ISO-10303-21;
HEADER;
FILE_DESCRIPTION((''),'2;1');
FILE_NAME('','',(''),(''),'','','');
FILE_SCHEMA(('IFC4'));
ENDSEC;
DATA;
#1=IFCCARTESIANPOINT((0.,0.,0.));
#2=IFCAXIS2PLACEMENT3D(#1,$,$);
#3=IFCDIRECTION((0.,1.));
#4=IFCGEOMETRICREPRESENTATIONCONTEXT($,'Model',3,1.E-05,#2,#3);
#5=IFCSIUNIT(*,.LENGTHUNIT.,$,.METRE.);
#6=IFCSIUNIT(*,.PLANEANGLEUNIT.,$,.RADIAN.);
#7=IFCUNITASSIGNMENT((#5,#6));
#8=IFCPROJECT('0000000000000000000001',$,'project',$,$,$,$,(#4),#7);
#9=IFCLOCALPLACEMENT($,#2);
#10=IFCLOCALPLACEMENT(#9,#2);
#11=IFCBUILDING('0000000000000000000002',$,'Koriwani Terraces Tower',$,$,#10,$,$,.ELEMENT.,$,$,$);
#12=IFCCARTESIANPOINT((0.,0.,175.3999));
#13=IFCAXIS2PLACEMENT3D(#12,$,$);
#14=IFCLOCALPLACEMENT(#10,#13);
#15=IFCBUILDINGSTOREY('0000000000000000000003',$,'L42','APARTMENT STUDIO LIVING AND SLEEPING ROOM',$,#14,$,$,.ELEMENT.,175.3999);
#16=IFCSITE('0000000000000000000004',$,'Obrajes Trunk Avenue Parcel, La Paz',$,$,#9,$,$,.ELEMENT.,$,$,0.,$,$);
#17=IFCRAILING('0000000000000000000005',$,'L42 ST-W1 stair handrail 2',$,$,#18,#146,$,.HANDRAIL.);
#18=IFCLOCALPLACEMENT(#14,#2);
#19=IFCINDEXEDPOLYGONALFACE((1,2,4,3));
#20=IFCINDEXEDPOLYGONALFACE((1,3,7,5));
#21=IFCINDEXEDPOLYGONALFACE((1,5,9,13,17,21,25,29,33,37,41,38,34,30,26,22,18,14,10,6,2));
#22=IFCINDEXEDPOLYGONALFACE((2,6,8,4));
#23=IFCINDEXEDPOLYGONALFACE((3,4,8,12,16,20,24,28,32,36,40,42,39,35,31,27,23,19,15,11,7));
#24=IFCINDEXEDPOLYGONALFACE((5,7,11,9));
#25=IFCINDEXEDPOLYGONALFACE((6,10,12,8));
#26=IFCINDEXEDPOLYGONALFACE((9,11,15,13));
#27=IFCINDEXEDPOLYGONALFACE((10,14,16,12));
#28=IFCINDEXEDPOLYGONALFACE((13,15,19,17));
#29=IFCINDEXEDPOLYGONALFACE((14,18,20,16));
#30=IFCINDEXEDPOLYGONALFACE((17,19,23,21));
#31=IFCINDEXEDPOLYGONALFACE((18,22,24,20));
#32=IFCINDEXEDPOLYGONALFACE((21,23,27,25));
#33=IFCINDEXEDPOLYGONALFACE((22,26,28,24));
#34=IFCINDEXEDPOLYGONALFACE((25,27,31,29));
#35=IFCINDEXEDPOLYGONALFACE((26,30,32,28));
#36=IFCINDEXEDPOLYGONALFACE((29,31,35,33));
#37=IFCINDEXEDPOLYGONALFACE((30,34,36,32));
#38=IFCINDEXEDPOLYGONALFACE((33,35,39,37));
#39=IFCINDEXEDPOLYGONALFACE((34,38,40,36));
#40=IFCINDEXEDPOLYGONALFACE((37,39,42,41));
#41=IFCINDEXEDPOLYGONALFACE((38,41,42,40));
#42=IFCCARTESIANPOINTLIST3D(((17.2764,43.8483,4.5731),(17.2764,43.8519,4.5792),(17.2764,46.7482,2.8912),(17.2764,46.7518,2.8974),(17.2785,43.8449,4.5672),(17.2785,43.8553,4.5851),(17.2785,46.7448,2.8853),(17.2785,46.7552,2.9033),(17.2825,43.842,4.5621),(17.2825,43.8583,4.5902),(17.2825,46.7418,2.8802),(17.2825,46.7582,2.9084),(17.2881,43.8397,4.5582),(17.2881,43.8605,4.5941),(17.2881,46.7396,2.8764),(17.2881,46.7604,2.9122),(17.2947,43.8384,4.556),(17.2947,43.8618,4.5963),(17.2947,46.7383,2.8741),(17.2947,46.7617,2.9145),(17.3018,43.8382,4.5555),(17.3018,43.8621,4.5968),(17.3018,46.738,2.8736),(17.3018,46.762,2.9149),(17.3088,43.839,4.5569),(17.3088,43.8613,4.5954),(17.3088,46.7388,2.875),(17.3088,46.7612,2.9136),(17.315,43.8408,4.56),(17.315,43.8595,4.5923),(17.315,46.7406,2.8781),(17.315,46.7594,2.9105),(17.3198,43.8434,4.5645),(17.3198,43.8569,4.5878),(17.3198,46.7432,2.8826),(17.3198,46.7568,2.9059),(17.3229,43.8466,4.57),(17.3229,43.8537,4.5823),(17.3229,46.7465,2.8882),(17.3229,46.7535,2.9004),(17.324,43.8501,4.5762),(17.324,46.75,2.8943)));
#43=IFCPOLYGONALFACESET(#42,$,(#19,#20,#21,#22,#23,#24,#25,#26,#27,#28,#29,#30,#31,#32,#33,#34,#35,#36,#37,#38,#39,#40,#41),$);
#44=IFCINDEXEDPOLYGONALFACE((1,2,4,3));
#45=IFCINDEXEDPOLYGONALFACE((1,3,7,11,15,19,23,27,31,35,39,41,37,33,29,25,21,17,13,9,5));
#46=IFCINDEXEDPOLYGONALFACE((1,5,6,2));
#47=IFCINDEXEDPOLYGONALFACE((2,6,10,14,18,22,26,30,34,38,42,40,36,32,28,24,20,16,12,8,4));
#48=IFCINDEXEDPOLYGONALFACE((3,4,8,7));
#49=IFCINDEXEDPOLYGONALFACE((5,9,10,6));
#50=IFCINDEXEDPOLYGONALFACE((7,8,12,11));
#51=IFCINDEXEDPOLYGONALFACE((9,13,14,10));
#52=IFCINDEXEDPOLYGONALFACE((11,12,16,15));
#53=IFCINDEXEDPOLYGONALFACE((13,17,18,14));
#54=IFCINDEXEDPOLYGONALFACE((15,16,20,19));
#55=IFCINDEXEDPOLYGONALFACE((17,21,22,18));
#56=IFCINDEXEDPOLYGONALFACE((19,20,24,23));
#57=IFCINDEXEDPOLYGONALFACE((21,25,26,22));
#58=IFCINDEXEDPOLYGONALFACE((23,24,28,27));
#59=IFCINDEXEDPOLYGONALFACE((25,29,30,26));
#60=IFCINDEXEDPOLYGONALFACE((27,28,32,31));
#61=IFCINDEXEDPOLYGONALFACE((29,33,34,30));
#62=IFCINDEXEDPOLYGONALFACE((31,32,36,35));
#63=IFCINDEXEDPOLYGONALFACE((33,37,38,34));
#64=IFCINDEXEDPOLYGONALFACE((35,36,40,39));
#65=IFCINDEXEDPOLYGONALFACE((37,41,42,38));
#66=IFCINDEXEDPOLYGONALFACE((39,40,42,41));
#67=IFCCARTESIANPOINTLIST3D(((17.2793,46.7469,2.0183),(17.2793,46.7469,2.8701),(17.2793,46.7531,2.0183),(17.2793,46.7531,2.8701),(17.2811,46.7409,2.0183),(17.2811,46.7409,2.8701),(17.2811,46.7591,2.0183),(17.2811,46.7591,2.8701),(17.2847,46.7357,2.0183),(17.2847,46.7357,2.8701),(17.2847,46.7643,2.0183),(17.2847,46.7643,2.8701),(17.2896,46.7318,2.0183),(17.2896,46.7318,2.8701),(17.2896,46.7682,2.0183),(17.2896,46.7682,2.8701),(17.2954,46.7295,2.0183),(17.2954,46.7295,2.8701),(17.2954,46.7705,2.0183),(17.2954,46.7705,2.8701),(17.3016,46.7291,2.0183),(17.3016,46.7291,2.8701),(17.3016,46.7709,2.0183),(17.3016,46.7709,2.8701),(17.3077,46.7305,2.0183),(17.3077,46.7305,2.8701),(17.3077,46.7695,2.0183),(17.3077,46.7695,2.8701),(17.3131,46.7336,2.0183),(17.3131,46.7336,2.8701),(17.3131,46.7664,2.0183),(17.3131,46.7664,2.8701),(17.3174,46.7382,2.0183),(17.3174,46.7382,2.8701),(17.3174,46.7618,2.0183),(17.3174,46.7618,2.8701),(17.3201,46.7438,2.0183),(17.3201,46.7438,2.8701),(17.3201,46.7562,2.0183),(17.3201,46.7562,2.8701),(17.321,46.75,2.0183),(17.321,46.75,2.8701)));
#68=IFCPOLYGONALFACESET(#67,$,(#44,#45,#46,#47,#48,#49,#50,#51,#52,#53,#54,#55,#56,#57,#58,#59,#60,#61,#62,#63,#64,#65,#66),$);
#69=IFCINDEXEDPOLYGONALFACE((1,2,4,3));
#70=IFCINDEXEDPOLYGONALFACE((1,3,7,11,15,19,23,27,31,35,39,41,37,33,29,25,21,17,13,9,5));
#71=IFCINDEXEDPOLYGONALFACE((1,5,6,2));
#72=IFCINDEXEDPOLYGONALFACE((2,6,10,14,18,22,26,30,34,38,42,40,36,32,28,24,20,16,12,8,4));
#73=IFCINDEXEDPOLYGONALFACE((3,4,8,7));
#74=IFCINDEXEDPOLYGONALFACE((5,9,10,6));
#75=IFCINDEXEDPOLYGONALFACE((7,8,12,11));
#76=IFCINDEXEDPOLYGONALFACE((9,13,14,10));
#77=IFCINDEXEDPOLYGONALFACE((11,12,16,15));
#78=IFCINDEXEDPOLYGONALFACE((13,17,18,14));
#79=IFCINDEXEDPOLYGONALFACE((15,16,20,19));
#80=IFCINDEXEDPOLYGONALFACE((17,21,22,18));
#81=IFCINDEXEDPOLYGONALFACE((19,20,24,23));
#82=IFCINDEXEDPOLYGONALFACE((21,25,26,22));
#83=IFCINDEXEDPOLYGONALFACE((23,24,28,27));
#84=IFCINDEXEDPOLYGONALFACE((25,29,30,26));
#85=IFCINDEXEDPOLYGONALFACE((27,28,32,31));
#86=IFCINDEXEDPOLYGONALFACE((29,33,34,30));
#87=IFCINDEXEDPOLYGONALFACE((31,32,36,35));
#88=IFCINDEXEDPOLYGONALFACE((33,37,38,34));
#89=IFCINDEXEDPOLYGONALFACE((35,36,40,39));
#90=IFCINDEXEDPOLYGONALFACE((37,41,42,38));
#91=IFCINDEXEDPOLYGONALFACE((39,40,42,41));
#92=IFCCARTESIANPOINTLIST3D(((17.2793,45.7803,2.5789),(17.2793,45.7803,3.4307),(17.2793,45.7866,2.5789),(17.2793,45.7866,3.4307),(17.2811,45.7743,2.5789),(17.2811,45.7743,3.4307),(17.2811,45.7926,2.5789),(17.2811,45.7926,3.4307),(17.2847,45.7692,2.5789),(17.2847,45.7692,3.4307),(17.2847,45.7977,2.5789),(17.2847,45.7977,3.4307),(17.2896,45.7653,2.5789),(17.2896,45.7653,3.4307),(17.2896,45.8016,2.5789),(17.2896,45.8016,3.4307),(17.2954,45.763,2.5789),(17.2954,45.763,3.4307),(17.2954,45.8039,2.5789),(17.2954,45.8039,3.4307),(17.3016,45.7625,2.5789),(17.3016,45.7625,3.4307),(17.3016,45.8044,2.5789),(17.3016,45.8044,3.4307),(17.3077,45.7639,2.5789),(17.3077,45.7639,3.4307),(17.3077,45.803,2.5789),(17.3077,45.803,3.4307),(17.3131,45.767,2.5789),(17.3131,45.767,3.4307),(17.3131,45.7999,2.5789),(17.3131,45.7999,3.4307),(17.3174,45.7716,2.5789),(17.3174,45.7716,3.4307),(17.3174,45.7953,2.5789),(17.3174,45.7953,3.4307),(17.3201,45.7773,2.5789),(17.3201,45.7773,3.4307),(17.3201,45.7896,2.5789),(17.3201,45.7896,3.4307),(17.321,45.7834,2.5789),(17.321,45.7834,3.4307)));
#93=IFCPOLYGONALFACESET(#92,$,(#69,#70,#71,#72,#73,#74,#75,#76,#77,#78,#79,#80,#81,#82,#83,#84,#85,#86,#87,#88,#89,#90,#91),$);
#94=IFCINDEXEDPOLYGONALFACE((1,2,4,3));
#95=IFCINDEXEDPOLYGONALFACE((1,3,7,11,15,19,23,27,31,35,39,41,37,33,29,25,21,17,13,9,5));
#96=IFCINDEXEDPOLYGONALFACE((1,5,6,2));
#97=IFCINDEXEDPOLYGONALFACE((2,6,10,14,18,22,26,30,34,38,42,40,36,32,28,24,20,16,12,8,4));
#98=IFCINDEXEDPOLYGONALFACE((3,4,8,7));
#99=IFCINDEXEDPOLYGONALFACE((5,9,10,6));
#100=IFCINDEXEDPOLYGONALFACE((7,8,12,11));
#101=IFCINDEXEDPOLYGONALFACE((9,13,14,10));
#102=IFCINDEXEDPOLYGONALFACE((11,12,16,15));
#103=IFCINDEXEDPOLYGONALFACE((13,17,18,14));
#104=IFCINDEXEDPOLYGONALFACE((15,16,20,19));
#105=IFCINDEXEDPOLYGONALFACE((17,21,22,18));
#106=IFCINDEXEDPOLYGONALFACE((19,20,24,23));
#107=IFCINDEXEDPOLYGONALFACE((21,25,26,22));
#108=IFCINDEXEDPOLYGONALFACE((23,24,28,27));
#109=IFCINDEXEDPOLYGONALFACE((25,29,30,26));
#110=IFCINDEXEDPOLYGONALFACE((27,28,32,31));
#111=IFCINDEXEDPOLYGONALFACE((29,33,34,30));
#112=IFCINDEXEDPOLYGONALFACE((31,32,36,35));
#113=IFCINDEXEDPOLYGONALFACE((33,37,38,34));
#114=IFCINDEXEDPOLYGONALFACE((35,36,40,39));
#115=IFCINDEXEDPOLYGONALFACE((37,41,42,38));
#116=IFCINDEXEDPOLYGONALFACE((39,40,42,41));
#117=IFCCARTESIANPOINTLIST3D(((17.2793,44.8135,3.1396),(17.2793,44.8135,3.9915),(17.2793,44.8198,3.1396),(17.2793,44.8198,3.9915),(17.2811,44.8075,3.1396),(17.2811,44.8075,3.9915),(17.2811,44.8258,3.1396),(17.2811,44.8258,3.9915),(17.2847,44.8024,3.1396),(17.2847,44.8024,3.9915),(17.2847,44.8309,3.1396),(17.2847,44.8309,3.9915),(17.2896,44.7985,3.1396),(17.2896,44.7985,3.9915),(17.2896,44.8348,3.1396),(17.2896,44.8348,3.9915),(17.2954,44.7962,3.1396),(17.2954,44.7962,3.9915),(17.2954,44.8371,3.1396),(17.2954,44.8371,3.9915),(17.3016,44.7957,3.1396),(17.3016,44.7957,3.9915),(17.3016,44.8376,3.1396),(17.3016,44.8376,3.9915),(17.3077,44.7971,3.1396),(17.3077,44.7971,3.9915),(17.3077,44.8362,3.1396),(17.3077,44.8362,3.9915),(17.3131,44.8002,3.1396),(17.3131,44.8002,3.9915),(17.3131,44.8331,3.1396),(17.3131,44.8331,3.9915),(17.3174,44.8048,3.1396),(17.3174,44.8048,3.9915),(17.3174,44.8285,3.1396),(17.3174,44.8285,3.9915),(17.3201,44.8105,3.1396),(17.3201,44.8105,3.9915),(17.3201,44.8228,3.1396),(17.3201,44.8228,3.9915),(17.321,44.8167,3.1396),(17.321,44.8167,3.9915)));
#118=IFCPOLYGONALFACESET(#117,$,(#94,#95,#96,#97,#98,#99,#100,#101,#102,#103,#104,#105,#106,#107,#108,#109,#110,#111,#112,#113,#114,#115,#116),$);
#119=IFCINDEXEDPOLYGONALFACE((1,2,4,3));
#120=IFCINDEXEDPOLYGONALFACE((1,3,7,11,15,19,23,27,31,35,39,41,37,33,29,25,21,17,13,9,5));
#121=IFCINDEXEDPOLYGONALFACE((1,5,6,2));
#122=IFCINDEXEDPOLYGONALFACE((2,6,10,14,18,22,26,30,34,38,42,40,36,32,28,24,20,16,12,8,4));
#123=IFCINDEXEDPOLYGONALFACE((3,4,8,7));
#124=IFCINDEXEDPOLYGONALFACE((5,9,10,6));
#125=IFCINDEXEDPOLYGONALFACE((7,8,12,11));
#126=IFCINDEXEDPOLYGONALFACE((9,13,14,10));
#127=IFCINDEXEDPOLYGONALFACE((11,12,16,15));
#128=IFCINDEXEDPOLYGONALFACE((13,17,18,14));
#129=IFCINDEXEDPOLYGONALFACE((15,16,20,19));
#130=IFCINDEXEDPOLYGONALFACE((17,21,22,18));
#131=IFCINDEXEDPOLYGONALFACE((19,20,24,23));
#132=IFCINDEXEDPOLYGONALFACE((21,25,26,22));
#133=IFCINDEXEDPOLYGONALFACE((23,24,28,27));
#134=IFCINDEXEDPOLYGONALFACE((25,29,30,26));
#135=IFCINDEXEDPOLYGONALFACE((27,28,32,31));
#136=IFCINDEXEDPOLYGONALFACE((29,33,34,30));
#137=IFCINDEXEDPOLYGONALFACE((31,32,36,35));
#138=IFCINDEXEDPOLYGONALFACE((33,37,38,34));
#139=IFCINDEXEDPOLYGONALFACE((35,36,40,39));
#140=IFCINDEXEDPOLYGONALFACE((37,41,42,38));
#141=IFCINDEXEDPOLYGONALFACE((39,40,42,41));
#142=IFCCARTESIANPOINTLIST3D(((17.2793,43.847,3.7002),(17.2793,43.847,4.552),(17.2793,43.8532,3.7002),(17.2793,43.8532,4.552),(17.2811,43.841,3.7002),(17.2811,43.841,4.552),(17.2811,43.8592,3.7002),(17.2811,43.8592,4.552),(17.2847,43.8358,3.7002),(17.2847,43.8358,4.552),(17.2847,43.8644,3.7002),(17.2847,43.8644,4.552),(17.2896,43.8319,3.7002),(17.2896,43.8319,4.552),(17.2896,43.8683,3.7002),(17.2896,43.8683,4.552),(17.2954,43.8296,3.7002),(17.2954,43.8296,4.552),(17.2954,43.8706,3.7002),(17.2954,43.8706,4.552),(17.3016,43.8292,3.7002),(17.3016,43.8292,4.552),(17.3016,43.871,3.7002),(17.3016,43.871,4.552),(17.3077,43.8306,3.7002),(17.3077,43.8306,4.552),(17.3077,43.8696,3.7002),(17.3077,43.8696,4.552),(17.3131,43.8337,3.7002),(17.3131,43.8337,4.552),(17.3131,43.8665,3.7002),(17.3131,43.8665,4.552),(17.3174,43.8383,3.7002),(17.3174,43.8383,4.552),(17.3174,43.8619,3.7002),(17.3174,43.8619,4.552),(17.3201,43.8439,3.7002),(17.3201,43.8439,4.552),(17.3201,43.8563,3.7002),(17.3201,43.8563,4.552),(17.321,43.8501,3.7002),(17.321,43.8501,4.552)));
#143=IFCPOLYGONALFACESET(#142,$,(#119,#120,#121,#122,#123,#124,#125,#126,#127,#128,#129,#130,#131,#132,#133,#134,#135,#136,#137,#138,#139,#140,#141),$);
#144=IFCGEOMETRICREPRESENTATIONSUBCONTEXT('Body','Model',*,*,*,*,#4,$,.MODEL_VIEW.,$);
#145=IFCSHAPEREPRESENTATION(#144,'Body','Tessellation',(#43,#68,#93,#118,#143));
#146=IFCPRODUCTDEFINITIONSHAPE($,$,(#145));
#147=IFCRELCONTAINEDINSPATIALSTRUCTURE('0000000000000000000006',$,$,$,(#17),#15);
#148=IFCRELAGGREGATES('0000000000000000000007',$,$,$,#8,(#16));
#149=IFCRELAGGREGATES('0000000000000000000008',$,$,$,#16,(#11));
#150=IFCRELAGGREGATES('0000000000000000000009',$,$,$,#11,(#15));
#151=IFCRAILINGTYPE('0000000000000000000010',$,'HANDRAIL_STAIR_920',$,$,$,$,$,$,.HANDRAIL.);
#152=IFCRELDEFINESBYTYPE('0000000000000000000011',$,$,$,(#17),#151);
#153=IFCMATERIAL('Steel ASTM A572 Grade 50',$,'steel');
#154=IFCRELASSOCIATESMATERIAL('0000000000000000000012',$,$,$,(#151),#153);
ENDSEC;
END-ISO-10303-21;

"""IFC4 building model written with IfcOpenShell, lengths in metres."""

from ifc_helpers import new_model, si_unit, direction, frame, origin, origin_2d, place, context, subcontext, project, spatial, circle, extrude, material, type_object, element, save


model = new_model("IFC4")

# Units and contexts
model_context = context("Model", 3, precision=1e-05, world=origin(), true_north=direction((0.0, 1.0)))
body_context = subcontext(model_context, "Body", "Model", "MODEL_VIEW")
ifc_project = project(units=[si_unit("LENGTHUNIT", "METRE"), si_unit("PLANEANGLEUNIT", "RADIAN")], contexts=[model_context])

# Site, building, storey
site_placement = place(None, origin())
site = spatial("IfcSite", under=ifc_project, at=site_placement, Name="Obrajes Trunk Avenue Parcel, La Paz", CompositionType="ELEMENT", RefElevation=0.0)
building_placement = place(site_placement, origin())
building = spatial("IfcBuilding", under=site, at=building_placement, Name="Koriwani Terraces Tower", CompositionType="ELEMENT")
storey_placement = place(building_placement, frame((0.0, 0.0, 175.3999)))
storey = spatial("IfcBuildingStorey", under=building, at=storey_placement, Name="L42", Description="APARTMENT STUDIO LIVING AND SLEEPING ROOM", CompositionType="ELEMENT", Elevation=175.3999)

# Shared definitions
ifc_material_1 = material(Name="Steel ASTM A572 Grade 50", Category="steel")

# Railing
railing_type = type_object("IfcRailingType", Name="HANDRAIL_STAIR_920", PredefinedType="HANDRAIL", material=ifc_material_1)
for number, where, name in (
    (1, (17.3, 46.75, 2.0183), "L42 ST-W1 stair handrail 2"),
):
    element("IfcRailing", number, at=place(storey_placement, frame(where)), inside=storey, type_object=railing_type, Name=name, PredefinedType="HANDRAIL", context=body_context, shape_type="SweptSolid", body=[
        extrude(circle(Radius=0.0239, at=origin_2d()), frame((0.0, 0.0, 0.876), z_axis=(0.0, -0.865039, 0.501705), x_axis=(1.0, 0.0, 0.0)), (0.0, 0.0, 1.0), 3.3523),
        extrude(circle(Radius=0.021, at=origin_2d()), origin(), (0.0, 0.0, 1.0), 0.8518),
        extrude(circle(Radius=0.021, at=origin_2d()), frame((0.0, -0.9666, 0.5605)), (0.0, 0.0, 1.0), 0.8518),
        extrude(circle(Radius=0.021, at=origin_2d()), frame((0.0, -1.9333, 1.1213)), (0.0, 0.0, 1.0), 0.8518),
        extrude(circle(Radius=0.021, at=origin_2d()), frame((0.0, -2.8999, 1.6819)), (0.0, 0.0, 1.0), 0.8518),
    ])

save(model, "model.ifc")
